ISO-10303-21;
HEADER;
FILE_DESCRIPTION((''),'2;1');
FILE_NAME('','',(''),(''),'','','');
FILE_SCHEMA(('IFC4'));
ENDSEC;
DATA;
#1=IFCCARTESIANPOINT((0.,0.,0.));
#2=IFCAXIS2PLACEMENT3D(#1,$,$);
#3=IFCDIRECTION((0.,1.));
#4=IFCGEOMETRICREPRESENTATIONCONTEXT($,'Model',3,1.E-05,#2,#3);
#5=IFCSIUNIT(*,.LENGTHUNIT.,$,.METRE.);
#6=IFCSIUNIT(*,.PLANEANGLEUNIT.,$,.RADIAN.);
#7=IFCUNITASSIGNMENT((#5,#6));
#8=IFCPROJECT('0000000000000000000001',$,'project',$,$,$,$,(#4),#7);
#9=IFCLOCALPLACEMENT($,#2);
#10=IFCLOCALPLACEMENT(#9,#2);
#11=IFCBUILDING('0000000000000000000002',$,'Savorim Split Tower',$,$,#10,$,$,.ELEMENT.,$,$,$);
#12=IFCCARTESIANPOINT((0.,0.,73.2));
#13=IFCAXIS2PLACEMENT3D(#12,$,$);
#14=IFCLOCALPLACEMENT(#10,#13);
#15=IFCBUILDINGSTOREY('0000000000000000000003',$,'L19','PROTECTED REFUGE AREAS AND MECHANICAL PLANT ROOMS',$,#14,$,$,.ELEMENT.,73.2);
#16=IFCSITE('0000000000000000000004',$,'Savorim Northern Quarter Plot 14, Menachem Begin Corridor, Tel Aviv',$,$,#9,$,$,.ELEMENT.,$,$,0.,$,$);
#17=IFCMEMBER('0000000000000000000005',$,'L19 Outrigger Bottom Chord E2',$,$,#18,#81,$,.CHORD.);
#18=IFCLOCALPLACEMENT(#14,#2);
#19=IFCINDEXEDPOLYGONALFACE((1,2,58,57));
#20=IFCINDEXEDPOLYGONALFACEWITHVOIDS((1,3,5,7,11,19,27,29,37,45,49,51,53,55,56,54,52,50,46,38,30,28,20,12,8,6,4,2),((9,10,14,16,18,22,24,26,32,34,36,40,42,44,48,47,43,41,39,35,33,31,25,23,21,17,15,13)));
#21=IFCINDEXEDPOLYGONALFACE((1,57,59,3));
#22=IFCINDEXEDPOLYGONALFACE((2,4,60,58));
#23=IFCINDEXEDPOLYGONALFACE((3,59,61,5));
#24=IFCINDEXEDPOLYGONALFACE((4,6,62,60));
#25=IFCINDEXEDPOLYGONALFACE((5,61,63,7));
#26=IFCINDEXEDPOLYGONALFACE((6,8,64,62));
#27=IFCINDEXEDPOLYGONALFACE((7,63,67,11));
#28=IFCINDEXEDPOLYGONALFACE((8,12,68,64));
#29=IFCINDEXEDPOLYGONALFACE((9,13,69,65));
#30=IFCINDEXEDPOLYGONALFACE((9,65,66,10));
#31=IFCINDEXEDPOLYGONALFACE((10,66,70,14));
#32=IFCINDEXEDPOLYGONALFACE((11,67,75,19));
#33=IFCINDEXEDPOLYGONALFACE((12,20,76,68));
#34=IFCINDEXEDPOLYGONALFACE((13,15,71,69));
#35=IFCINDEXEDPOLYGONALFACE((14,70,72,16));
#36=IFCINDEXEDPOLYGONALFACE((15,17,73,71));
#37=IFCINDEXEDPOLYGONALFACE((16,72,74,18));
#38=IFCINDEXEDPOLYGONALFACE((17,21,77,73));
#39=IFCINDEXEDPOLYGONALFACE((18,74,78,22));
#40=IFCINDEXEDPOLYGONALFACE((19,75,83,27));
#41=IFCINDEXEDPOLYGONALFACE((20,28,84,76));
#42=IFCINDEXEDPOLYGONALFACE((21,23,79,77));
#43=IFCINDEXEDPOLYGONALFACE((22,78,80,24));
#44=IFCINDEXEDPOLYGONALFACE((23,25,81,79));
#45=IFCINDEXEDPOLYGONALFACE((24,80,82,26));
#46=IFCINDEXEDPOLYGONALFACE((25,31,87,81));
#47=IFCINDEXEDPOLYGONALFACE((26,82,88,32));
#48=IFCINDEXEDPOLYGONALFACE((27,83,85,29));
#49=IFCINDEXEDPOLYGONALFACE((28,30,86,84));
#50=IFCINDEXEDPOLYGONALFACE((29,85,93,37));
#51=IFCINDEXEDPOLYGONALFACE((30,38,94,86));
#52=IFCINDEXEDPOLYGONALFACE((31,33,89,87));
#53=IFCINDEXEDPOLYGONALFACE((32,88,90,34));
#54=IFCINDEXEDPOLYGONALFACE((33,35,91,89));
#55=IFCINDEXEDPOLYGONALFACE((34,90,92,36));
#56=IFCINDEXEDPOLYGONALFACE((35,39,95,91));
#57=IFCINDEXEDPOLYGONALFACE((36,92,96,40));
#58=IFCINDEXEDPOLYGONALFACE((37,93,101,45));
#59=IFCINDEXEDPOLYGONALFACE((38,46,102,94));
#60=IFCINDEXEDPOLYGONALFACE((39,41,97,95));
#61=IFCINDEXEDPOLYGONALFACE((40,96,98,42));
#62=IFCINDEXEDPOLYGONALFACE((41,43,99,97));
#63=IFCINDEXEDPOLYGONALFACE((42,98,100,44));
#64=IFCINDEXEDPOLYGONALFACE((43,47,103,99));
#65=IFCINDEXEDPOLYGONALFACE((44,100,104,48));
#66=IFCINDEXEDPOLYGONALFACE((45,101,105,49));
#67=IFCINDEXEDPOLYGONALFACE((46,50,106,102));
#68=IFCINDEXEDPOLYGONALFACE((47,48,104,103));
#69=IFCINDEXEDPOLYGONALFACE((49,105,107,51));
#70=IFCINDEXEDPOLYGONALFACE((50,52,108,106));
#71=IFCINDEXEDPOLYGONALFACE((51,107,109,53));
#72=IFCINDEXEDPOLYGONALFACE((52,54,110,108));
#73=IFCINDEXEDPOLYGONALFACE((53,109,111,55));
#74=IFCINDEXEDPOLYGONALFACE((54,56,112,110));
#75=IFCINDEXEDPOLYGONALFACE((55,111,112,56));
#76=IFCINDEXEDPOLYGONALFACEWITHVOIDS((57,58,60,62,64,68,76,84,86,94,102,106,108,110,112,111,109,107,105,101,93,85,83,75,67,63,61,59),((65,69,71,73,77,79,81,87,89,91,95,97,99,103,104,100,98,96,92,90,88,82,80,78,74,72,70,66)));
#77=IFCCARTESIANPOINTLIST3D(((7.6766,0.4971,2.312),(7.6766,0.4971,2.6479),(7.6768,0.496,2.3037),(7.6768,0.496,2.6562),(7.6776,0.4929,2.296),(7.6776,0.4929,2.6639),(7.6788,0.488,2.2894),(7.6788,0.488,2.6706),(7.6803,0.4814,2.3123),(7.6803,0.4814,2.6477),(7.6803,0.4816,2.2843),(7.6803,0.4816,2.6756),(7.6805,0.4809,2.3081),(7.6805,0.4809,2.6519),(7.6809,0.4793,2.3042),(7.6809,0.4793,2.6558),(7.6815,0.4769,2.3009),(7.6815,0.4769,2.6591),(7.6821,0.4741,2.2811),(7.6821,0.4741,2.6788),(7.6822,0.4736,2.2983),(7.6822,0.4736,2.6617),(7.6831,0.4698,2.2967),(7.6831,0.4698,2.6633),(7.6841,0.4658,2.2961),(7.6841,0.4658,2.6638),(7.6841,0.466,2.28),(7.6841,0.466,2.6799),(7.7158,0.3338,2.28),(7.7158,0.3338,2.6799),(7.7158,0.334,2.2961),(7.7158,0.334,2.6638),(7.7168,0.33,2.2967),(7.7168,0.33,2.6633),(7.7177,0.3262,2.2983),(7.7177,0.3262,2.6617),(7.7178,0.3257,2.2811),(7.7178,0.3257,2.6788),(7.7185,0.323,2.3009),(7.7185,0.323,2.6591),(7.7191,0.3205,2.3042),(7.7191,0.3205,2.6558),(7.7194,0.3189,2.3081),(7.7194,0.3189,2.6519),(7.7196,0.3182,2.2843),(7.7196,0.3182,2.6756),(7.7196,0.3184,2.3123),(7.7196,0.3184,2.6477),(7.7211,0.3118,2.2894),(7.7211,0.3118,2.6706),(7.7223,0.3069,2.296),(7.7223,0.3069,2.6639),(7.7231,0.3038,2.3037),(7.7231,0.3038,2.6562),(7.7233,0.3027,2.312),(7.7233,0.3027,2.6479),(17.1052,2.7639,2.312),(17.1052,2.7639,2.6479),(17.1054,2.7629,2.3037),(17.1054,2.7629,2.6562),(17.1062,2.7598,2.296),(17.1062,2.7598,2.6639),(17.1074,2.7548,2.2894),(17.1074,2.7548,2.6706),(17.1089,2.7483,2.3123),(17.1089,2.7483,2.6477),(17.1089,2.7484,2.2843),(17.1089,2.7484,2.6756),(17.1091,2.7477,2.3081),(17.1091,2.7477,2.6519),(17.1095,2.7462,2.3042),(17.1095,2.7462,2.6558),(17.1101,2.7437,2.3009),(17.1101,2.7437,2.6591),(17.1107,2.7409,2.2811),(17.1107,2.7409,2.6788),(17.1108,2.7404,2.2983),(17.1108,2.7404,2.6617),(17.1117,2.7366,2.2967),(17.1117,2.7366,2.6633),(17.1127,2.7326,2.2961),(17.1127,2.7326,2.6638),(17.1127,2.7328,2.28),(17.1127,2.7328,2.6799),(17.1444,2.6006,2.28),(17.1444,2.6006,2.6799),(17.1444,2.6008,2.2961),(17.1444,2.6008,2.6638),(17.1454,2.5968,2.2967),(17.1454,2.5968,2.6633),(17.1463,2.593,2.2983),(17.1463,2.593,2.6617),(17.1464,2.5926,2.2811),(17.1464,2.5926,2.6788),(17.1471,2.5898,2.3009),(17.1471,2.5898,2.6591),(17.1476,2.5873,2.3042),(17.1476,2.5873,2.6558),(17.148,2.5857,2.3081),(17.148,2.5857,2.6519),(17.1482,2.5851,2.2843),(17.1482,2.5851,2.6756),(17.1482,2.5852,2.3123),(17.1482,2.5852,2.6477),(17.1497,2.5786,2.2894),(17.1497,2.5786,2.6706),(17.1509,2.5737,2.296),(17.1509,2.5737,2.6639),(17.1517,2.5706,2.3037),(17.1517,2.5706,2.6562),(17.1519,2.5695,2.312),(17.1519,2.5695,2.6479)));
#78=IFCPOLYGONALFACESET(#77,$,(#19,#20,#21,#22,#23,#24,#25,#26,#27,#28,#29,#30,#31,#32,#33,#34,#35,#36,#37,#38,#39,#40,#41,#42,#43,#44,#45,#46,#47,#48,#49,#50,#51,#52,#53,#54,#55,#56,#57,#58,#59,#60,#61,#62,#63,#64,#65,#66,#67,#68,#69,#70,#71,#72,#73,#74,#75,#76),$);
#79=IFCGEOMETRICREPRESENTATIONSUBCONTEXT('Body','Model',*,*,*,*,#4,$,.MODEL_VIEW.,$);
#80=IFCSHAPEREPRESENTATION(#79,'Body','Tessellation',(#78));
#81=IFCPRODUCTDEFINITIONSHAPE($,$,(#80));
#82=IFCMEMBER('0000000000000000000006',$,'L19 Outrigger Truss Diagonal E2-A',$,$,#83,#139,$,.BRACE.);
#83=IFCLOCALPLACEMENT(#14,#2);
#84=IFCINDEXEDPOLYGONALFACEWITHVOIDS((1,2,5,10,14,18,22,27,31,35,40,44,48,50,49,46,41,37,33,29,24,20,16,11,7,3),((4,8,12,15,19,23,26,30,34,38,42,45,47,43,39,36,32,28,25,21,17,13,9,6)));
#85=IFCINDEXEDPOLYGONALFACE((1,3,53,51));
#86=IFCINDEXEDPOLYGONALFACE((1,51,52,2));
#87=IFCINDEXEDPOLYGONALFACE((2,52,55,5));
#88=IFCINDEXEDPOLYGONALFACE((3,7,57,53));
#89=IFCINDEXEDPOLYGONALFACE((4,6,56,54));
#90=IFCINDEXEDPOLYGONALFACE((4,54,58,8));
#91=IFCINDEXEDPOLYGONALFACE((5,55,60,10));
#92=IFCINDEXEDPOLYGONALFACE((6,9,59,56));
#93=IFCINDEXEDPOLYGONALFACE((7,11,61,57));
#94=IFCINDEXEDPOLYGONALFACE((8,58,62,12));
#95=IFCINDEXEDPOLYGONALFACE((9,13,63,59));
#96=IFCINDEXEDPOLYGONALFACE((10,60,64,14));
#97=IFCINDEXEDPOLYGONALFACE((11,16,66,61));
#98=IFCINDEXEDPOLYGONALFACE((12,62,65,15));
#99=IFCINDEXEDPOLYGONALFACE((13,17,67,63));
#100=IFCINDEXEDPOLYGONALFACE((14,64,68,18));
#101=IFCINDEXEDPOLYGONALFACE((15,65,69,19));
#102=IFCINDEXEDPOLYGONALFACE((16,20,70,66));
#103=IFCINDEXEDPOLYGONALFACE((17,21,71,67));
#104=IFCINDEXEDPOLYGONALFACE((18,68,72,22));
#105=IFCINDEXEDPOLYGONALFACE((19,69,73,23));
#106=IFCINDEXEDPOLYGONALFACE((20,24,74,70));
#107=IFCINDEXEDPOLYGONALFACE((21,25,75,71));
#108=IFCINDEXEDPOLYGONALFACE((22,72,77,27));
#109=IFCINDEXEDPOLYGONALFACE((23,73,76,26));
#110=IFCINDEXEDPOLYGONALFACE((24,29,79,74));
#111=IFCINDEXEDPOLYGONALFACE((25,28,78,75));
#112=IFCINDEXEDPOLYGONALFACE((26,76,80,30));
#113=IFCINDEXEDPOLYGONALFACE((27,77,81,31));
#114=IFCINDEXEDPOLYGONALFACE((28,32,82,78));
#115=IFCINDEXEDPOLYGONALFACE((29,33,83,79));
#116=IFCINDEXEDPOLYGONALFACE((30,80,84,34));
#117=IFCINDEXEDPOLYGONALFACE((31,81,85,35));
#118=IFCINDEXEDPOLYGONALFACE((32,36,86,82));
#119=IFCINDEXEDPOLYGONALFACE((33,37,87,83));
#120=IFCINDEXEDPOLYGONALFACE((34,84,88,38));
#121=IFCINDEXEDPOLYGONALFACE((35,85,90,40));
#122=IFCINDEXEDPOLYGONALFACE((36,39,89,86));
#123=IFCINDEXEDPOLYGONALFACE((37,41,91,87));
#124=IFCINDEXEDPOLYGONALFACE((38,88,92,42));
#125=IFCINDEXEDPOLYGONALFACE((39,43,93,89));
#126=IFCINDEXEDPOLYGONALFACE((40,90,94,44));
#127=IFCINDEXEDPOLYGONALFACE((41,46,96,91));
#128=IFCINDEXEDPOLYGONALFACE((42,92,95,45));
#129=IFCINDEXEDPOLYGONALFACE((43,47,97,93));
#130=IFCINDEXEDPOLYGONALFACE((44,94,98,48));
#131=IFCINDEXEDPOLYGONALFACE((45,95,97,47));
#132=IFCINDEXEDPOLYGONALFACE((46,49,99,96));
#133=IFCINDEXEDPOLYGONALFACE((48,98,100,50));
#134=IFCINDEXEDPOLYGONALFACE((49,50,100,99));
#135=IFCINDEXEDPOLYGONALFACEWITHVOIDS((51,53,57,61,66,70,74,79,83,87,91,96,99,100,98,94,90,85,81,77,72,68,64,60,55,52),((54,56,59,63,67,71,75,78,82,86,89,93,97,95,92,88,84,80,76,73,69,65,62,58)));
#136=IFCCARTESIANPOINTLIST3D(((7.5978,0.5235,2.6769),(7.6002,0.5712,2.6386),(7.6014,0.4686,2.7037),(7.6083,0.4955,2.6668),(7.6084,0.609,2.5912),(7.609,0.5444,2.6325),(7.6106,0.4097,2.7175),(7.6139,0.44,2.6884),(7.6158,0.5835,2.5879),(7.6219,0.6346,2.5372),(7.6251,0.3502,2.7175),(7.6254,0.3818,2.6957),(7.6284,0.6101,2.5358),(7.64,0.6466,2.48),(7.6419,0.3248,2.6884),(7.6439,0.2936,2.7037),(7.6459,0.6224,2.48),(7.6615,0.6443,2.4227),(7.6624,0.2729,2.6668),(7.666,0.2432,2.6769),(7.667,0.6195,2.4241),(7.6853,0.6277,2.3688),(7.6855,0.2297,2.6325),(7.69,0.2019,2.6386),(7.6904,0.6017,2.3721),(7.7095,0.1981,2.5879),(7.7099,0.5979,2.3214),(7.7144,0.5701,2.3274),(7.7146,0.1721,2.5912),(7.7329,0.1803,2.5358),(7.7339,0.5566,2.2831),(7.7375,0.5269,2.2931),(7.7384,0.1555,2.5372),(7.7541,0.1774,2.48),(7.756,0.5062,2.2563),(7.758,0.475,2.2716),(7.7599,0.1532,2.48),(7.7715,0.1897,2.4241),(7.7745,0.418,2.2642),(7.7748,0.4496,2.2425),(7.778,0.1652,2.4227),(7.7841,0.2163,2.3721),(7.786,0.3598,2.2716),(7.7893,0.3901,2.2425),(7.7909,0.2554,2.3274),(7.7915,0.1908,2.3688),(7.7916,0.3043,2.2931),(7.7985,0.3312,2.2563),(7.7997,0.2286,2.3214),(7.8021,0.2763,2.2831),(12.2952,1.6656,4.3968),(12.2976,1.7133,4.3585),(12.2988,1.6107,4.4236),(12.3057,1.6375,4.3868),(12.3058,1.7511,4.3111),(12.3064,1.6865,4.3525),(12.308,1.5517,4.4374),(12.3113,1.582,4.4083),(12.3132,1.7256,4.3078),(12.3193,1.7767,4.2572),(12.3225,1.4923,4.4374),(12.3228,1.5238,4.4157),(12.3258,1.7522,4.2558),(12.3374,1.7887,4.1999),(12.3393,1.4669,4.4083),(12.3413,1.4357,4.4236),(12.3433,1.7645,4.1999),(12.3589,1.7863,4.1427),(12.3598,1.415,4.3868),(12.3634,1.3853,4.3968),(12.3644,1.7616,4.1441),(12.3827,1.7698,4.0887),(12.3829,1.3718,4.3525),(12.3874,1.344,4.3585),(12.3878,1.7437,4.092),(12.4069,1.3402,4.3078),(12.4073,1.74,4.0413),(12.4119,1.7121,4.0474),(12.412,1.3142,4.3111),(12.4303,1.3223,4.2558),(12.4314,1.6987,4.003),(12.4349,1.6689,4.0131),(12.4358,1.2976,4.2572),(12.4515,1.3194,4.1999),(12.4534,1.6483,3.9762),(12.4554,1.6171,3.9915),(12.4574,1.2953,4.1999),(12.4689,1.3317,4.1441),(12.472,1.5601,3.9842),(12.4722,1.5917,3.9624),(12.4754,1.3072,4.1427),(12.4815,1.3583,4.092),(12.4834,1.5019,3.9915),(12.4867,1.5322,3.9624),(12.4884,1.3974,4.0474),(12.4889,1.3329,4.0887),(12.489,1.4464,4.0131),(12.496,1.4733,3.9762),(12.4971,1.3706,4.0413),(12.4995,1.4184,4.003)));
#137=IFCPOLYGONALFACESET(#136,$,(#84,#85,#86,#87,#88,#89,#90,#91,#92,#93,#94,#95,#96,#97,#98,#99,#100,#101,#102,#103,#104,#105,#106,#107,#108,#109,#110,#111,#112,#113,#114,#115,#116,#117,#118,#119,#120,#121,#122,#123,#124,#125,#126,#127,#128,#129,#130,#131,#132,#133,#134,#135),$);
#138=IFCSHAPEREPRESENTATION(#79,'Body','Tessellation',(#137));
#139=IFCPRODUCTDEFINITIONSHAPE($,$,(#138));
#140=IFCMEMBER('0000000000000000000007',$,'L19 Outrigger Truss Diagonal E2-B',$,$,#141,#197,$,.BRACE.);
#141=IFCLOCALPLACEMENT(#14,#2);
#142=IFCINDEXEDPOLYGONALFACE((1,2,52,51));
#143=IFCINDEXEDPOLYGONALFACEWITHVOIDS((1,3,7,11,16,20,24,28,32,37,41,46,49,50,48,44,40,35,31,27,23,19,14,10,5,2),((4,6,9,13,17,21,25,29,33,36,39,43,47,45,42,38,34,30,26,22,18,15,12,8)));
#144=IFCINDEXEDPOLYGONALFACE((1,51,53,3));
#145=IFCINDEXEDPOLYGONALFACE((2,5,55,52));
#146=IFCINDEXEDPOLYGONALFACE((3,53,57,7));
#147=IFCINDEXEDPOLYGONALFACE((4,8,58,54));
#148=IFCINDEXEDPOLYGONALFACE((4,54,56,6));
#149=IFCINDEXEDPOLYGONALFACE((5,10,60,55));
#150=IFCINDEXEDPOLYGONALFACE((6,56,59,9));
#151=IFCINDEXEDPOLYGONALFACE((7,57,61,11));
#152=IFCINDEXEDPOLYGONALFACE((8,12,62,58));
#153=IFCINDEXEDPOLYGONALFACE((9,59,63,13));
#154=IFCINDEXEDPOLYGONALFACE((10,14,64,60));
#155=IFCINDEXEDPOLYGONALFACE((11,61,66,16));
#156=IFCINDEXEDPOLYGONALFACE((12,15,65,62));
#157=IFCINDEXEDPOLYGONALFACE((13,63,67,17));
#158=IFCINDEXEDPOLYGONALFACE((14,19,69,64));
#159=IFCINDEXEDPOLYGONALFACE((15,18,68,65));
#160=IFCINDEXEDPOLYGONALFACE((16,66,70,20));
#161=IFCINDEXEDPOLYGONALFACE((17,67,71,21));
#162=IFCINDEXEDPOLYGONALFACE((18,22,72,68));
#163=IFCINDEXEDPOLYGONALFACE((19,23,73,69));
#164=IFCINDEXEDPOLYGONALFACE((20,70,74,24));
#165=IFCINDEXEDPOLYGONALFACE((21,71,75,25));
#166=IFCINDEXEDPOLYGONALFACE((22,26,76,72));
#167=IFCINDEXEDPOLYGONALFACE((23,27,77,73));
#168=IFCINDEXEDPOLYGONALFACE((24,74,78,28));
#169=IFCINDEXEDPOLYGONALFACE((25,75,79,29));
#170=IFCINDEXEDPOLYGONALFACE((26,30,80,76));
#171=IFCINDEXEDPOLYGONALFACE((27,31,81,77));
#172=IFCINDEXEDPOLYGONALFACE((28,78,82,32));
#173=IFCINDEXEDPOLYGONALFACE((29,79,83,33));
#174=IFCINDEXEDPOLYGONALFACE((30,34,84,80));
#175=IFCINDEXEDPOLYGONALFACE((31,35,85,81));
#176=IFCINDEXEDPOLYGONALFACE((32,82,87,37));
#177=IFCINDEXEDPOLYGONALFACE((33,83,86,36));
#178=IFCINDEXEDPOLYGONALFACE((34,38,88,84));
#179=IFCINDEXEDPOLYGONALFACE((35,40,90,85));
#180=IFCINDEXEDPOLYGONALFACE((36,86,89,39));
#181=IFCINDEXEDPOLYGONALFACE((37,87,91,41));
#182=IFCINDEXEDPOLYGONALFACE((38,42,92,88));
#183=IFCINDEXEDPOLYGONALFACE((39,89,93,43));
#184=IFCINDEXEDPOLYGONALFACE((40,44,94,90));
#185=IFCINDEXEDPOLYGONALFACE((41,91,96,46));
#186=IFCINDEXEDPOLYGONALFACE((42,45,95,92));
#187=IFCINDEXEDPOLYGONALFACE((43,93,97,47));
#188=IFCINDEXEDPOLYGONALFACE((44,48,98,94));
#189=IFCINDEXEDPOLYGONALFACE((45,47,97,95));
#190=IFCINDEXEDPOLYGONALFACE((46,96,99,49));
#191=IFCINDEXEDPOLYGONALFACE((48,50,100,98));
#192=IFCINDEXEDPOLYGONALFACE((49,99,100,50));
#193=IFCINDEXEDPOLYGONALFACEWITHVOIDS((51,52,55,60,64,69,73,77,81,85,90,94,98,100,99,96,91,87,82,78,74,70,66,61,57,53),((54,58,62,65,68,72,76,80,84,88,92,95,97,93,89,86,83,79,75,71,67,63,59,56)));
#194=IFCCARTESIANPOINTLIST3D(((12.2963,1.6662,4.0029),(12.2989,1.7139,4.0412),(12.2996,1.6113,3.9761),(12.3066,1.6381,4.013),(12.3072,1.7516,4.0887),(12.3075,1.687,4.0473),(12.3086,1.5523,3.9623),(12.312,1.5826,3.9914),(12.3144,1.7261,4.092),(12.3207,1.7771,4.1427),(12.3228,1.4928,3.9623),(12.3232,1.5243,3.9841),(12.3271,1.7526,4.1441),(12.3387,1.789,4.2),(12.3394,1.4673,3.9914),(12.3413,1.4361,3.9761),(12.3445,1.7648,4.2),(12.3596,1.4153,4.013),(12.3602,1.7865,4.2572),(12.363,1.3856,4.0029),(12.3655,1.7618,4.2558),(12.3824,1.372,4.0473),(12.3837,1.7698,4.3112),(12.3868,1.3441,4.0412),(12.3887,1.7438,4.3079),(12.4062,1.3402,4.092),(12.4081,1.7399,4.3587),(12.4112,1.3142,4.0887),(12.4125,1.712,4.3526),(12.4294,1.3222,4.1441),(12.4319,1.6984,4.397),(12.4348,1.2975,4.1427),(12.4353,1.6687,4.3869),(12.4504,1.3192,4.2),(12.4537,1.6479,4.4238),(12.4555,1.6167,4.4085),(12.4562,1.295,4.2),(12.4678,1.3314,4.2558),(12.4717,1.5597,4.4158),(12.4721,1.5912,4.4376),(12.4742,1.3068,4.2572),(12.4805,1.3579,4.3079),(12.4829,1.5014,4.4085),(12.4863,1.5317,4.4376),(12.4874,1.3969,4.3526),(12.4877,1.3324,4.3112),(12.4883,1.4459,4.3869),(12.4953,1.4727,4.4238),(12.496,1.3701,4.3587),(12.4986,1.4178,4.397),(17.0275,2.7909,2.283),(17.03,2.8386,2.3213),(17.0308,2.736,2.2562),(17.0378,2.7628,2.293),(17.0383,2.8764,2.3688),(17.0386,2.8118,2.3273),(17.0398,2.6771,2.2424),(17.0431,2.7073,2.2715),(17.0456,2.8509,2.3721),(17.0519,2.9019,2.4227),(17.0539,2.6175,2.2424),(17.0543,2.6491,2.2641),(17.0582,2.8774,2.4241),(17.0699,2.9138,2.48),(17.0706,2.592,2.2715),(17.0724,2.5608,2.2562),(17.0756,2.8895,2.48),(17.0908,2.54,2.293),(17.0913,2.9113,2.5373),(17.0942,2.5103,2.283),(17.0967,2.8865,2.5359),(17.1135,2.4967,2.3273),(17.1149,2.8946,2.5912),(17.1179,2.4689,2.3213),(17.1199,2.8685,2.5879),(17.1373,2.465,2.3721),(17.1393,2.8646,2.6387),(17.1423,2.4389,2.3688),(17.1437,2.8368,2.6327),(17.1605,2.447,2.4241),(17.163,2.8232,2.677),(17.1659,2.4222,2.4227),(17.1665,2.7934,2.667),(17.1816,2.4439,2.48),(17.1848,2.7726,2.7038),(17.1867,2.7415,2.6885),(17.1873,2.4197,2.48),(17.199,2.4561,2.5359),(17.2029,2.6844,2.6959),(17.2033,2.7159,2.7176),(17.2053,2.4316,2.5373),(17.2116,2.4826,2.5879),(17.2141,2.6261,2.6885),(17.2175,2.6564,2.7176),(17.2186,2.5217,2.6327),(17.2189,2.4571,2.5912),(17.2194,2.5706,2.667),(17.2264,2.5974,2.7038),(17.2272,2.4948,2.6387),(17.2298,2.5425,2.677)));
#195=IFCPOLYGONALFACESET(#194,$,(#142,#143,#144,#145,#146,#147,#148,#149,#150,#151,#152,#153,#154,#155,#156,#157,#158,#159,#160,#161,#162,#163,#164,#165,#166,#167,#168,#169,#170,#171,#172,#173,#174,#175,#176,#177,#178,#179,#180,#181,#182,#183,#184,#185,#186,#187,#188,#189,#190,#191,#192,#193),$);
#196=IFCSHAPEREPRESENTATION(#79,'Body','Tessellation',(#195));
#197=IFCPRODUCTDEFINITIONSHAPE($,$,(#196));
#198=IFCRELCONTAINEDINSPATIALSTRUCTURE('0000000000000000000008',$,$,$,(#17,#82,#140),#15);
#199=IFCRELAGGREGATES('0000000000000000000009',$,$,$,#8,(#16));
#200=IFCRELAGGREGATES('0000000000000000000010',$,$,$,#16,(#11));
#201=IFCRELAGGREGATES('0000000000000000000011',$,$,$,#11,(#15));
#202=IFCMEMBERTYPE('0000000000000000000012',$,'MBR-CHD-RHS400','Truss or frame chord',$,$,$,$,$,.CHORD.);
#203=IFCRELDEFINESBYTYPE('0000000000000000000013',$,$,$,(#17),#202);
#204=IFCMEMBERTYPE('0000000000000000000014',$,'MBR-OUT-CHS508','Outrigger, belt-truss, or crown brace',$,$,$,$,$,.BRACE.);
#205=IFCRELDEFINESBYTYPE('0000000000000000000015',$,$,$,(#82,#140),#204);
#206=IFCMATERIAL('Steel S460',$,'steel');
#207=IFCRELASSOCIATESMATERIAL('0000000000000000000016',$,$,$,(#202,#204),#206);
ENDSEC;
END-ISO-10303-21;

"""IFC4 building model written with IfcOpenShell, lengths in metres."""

from ifc_helpers import new_model, si_unit, direction, frame, origin, origin_2d, place, context, subcontext, project, spatial, hollow_rectangle, hollow_circle, extrude, material, material_profile, profile_set, type_object, element, save


model = new_model("IFC4")

# Units and contexts
model_context = context("Model", 3, precision=1e-05, world=origin(), true_north=direction((0.0, 1.0)))
body_context = subcontext(model_context, "Body", "Model", "MODEL_VIEW")
ifc_project = project(units=[si_unit("LENGTHUNIT", "METRE"), si_unit("PLANEANGLEUNIT", "RADIAN")], contexts=[model_context])

# Site, building, storey
site_placement = place(None, origin())
site = spatial("IfcSite", under=ifc_project, at=site_placement, Name="Savorim Northern Quarter Plot 14, Menachem Begin Corridor, Tel Aviv", CompositionType="ELEMENT", RefElevation=0.0)
building_placement = place(site_placement, origin())
building = spatial("IfcBuilding", under=site, at=building_placement, Name="Savorim Split Tower", CompositionType="ELEMENT")
storey_placement = place(building_placement, frame((0.0, 0.0, 73.2)))
storey = spatial("IfcBuildingStorey", under=building, at=storey_placement, Name="L19", Description="PROTECTED REFUGE AREAS AND MECHANICAL PLANT ROOMS", CompositionType="ELEMENT", Elevation=73.2)

# Shared definitions
ifc_material_1 = material(Name="Steel S460", Category="steel")

# Members
ifc_material_profile_1 = material_profile(ifc_material_1, hollow_rectangle(XDim=0.2, YDim=0.3999, WallThickness=0.0161, InnerFilletRadius=0.0161, OuterFilletRadius=0.032, at=origin_2d()), Name="RHS 400x200x16")
ifc_profile_set_1 = profile_set([ifc_material_profile_1], Name="Steel S460")
member_type_1 = type_object("IfcMemberType", Name="MBR-CHD-RHS400", Description="Truss or frame chord", PredefinedType="CHORD", material=ifc_profile_set_1)
member_1_placement = place(storey_placement, frame((7.7, 0.3999, 2.48), z_axis=(0.972295, 0.233759, 0.0), x_axis=(-0.233759, 0.972295, 0.0)))
element("IfcMember", 1, at=member_1_placement, inside=storey, type_object=member_type_1, Name="L19 Outrigger Bottom Chord E2", PredefinedType="CHORD", context=body_context, shape_type="SweptSolid", body=[
    extrude(hollow_rectangle(XDim=0.2, YDim=0.3999, WallThickness=0.0161, InnerFilletRadius=0.0161, OuterFilletRadius=0.032, at=origin_2d()), origin(), (0.0, 0.0, 1.0), 9.6973),
])
ifc_material_profile_2 = material_profile(ifc_material_1, hollow_circle(Radius=0.2539, WallThickness=0.0249, at=origin_2d()), Name="CHS 508x25")
ifc_profile_set_2 = profile_set([ifc_material_profile_2], Name="Steel S460")
member_type_2 = type_object("IfcMemberType", Name="MBR-OUT-CHS508", Description="Outrigger, belt-truss, or crown brace", PredefinedType="BRACE", material=ifc_profile_set_2)
member_2_placement = place(storey_placement, frame((7.7, 0.3999, 2.48), z_axis=(0.915479, 0.222577, 0.335198), x_axis=(-0.236245, 0.971694, 0.0)))
element("IfcMember", 2, at=member_2_placement, inside=storey, type_object=member_type_2, Name="L19 Outrigger Truss Diagonal E2-A", PredefinedType="BRACE", context=body_context, shape_type="SweptSolid", body=[
    extrude(hollow_circle(Radius=0.2539, WallThickness=0.0249, at=origin_2d()), origin(), (0.0, 0.0, 1.0), 5.1311),
])
member_3_placement = place(storey_placement, frame((12.3975, 1.542, 4.2), z_axis=(0.917209, 0.218049, -0.33344), x_axis=(-0.231286, 0.972886, 0.0)))
element("IfcMember", 3, at=member_3_placement, inside=storey, type_object=member_type_2, Name="L19 Outrigger Truss Diagonal E2-B", PredefinedType="BRACE", context=body_context, shape_type="SweptSolid", body=[
    extrude(hollow_circle(Radius=0.2539, WallThickness=0.0249, at=origin_2d()), origin(), (0.0, 0.0, 1.0), 5.1582),
])

save(model, "model.ifc")
